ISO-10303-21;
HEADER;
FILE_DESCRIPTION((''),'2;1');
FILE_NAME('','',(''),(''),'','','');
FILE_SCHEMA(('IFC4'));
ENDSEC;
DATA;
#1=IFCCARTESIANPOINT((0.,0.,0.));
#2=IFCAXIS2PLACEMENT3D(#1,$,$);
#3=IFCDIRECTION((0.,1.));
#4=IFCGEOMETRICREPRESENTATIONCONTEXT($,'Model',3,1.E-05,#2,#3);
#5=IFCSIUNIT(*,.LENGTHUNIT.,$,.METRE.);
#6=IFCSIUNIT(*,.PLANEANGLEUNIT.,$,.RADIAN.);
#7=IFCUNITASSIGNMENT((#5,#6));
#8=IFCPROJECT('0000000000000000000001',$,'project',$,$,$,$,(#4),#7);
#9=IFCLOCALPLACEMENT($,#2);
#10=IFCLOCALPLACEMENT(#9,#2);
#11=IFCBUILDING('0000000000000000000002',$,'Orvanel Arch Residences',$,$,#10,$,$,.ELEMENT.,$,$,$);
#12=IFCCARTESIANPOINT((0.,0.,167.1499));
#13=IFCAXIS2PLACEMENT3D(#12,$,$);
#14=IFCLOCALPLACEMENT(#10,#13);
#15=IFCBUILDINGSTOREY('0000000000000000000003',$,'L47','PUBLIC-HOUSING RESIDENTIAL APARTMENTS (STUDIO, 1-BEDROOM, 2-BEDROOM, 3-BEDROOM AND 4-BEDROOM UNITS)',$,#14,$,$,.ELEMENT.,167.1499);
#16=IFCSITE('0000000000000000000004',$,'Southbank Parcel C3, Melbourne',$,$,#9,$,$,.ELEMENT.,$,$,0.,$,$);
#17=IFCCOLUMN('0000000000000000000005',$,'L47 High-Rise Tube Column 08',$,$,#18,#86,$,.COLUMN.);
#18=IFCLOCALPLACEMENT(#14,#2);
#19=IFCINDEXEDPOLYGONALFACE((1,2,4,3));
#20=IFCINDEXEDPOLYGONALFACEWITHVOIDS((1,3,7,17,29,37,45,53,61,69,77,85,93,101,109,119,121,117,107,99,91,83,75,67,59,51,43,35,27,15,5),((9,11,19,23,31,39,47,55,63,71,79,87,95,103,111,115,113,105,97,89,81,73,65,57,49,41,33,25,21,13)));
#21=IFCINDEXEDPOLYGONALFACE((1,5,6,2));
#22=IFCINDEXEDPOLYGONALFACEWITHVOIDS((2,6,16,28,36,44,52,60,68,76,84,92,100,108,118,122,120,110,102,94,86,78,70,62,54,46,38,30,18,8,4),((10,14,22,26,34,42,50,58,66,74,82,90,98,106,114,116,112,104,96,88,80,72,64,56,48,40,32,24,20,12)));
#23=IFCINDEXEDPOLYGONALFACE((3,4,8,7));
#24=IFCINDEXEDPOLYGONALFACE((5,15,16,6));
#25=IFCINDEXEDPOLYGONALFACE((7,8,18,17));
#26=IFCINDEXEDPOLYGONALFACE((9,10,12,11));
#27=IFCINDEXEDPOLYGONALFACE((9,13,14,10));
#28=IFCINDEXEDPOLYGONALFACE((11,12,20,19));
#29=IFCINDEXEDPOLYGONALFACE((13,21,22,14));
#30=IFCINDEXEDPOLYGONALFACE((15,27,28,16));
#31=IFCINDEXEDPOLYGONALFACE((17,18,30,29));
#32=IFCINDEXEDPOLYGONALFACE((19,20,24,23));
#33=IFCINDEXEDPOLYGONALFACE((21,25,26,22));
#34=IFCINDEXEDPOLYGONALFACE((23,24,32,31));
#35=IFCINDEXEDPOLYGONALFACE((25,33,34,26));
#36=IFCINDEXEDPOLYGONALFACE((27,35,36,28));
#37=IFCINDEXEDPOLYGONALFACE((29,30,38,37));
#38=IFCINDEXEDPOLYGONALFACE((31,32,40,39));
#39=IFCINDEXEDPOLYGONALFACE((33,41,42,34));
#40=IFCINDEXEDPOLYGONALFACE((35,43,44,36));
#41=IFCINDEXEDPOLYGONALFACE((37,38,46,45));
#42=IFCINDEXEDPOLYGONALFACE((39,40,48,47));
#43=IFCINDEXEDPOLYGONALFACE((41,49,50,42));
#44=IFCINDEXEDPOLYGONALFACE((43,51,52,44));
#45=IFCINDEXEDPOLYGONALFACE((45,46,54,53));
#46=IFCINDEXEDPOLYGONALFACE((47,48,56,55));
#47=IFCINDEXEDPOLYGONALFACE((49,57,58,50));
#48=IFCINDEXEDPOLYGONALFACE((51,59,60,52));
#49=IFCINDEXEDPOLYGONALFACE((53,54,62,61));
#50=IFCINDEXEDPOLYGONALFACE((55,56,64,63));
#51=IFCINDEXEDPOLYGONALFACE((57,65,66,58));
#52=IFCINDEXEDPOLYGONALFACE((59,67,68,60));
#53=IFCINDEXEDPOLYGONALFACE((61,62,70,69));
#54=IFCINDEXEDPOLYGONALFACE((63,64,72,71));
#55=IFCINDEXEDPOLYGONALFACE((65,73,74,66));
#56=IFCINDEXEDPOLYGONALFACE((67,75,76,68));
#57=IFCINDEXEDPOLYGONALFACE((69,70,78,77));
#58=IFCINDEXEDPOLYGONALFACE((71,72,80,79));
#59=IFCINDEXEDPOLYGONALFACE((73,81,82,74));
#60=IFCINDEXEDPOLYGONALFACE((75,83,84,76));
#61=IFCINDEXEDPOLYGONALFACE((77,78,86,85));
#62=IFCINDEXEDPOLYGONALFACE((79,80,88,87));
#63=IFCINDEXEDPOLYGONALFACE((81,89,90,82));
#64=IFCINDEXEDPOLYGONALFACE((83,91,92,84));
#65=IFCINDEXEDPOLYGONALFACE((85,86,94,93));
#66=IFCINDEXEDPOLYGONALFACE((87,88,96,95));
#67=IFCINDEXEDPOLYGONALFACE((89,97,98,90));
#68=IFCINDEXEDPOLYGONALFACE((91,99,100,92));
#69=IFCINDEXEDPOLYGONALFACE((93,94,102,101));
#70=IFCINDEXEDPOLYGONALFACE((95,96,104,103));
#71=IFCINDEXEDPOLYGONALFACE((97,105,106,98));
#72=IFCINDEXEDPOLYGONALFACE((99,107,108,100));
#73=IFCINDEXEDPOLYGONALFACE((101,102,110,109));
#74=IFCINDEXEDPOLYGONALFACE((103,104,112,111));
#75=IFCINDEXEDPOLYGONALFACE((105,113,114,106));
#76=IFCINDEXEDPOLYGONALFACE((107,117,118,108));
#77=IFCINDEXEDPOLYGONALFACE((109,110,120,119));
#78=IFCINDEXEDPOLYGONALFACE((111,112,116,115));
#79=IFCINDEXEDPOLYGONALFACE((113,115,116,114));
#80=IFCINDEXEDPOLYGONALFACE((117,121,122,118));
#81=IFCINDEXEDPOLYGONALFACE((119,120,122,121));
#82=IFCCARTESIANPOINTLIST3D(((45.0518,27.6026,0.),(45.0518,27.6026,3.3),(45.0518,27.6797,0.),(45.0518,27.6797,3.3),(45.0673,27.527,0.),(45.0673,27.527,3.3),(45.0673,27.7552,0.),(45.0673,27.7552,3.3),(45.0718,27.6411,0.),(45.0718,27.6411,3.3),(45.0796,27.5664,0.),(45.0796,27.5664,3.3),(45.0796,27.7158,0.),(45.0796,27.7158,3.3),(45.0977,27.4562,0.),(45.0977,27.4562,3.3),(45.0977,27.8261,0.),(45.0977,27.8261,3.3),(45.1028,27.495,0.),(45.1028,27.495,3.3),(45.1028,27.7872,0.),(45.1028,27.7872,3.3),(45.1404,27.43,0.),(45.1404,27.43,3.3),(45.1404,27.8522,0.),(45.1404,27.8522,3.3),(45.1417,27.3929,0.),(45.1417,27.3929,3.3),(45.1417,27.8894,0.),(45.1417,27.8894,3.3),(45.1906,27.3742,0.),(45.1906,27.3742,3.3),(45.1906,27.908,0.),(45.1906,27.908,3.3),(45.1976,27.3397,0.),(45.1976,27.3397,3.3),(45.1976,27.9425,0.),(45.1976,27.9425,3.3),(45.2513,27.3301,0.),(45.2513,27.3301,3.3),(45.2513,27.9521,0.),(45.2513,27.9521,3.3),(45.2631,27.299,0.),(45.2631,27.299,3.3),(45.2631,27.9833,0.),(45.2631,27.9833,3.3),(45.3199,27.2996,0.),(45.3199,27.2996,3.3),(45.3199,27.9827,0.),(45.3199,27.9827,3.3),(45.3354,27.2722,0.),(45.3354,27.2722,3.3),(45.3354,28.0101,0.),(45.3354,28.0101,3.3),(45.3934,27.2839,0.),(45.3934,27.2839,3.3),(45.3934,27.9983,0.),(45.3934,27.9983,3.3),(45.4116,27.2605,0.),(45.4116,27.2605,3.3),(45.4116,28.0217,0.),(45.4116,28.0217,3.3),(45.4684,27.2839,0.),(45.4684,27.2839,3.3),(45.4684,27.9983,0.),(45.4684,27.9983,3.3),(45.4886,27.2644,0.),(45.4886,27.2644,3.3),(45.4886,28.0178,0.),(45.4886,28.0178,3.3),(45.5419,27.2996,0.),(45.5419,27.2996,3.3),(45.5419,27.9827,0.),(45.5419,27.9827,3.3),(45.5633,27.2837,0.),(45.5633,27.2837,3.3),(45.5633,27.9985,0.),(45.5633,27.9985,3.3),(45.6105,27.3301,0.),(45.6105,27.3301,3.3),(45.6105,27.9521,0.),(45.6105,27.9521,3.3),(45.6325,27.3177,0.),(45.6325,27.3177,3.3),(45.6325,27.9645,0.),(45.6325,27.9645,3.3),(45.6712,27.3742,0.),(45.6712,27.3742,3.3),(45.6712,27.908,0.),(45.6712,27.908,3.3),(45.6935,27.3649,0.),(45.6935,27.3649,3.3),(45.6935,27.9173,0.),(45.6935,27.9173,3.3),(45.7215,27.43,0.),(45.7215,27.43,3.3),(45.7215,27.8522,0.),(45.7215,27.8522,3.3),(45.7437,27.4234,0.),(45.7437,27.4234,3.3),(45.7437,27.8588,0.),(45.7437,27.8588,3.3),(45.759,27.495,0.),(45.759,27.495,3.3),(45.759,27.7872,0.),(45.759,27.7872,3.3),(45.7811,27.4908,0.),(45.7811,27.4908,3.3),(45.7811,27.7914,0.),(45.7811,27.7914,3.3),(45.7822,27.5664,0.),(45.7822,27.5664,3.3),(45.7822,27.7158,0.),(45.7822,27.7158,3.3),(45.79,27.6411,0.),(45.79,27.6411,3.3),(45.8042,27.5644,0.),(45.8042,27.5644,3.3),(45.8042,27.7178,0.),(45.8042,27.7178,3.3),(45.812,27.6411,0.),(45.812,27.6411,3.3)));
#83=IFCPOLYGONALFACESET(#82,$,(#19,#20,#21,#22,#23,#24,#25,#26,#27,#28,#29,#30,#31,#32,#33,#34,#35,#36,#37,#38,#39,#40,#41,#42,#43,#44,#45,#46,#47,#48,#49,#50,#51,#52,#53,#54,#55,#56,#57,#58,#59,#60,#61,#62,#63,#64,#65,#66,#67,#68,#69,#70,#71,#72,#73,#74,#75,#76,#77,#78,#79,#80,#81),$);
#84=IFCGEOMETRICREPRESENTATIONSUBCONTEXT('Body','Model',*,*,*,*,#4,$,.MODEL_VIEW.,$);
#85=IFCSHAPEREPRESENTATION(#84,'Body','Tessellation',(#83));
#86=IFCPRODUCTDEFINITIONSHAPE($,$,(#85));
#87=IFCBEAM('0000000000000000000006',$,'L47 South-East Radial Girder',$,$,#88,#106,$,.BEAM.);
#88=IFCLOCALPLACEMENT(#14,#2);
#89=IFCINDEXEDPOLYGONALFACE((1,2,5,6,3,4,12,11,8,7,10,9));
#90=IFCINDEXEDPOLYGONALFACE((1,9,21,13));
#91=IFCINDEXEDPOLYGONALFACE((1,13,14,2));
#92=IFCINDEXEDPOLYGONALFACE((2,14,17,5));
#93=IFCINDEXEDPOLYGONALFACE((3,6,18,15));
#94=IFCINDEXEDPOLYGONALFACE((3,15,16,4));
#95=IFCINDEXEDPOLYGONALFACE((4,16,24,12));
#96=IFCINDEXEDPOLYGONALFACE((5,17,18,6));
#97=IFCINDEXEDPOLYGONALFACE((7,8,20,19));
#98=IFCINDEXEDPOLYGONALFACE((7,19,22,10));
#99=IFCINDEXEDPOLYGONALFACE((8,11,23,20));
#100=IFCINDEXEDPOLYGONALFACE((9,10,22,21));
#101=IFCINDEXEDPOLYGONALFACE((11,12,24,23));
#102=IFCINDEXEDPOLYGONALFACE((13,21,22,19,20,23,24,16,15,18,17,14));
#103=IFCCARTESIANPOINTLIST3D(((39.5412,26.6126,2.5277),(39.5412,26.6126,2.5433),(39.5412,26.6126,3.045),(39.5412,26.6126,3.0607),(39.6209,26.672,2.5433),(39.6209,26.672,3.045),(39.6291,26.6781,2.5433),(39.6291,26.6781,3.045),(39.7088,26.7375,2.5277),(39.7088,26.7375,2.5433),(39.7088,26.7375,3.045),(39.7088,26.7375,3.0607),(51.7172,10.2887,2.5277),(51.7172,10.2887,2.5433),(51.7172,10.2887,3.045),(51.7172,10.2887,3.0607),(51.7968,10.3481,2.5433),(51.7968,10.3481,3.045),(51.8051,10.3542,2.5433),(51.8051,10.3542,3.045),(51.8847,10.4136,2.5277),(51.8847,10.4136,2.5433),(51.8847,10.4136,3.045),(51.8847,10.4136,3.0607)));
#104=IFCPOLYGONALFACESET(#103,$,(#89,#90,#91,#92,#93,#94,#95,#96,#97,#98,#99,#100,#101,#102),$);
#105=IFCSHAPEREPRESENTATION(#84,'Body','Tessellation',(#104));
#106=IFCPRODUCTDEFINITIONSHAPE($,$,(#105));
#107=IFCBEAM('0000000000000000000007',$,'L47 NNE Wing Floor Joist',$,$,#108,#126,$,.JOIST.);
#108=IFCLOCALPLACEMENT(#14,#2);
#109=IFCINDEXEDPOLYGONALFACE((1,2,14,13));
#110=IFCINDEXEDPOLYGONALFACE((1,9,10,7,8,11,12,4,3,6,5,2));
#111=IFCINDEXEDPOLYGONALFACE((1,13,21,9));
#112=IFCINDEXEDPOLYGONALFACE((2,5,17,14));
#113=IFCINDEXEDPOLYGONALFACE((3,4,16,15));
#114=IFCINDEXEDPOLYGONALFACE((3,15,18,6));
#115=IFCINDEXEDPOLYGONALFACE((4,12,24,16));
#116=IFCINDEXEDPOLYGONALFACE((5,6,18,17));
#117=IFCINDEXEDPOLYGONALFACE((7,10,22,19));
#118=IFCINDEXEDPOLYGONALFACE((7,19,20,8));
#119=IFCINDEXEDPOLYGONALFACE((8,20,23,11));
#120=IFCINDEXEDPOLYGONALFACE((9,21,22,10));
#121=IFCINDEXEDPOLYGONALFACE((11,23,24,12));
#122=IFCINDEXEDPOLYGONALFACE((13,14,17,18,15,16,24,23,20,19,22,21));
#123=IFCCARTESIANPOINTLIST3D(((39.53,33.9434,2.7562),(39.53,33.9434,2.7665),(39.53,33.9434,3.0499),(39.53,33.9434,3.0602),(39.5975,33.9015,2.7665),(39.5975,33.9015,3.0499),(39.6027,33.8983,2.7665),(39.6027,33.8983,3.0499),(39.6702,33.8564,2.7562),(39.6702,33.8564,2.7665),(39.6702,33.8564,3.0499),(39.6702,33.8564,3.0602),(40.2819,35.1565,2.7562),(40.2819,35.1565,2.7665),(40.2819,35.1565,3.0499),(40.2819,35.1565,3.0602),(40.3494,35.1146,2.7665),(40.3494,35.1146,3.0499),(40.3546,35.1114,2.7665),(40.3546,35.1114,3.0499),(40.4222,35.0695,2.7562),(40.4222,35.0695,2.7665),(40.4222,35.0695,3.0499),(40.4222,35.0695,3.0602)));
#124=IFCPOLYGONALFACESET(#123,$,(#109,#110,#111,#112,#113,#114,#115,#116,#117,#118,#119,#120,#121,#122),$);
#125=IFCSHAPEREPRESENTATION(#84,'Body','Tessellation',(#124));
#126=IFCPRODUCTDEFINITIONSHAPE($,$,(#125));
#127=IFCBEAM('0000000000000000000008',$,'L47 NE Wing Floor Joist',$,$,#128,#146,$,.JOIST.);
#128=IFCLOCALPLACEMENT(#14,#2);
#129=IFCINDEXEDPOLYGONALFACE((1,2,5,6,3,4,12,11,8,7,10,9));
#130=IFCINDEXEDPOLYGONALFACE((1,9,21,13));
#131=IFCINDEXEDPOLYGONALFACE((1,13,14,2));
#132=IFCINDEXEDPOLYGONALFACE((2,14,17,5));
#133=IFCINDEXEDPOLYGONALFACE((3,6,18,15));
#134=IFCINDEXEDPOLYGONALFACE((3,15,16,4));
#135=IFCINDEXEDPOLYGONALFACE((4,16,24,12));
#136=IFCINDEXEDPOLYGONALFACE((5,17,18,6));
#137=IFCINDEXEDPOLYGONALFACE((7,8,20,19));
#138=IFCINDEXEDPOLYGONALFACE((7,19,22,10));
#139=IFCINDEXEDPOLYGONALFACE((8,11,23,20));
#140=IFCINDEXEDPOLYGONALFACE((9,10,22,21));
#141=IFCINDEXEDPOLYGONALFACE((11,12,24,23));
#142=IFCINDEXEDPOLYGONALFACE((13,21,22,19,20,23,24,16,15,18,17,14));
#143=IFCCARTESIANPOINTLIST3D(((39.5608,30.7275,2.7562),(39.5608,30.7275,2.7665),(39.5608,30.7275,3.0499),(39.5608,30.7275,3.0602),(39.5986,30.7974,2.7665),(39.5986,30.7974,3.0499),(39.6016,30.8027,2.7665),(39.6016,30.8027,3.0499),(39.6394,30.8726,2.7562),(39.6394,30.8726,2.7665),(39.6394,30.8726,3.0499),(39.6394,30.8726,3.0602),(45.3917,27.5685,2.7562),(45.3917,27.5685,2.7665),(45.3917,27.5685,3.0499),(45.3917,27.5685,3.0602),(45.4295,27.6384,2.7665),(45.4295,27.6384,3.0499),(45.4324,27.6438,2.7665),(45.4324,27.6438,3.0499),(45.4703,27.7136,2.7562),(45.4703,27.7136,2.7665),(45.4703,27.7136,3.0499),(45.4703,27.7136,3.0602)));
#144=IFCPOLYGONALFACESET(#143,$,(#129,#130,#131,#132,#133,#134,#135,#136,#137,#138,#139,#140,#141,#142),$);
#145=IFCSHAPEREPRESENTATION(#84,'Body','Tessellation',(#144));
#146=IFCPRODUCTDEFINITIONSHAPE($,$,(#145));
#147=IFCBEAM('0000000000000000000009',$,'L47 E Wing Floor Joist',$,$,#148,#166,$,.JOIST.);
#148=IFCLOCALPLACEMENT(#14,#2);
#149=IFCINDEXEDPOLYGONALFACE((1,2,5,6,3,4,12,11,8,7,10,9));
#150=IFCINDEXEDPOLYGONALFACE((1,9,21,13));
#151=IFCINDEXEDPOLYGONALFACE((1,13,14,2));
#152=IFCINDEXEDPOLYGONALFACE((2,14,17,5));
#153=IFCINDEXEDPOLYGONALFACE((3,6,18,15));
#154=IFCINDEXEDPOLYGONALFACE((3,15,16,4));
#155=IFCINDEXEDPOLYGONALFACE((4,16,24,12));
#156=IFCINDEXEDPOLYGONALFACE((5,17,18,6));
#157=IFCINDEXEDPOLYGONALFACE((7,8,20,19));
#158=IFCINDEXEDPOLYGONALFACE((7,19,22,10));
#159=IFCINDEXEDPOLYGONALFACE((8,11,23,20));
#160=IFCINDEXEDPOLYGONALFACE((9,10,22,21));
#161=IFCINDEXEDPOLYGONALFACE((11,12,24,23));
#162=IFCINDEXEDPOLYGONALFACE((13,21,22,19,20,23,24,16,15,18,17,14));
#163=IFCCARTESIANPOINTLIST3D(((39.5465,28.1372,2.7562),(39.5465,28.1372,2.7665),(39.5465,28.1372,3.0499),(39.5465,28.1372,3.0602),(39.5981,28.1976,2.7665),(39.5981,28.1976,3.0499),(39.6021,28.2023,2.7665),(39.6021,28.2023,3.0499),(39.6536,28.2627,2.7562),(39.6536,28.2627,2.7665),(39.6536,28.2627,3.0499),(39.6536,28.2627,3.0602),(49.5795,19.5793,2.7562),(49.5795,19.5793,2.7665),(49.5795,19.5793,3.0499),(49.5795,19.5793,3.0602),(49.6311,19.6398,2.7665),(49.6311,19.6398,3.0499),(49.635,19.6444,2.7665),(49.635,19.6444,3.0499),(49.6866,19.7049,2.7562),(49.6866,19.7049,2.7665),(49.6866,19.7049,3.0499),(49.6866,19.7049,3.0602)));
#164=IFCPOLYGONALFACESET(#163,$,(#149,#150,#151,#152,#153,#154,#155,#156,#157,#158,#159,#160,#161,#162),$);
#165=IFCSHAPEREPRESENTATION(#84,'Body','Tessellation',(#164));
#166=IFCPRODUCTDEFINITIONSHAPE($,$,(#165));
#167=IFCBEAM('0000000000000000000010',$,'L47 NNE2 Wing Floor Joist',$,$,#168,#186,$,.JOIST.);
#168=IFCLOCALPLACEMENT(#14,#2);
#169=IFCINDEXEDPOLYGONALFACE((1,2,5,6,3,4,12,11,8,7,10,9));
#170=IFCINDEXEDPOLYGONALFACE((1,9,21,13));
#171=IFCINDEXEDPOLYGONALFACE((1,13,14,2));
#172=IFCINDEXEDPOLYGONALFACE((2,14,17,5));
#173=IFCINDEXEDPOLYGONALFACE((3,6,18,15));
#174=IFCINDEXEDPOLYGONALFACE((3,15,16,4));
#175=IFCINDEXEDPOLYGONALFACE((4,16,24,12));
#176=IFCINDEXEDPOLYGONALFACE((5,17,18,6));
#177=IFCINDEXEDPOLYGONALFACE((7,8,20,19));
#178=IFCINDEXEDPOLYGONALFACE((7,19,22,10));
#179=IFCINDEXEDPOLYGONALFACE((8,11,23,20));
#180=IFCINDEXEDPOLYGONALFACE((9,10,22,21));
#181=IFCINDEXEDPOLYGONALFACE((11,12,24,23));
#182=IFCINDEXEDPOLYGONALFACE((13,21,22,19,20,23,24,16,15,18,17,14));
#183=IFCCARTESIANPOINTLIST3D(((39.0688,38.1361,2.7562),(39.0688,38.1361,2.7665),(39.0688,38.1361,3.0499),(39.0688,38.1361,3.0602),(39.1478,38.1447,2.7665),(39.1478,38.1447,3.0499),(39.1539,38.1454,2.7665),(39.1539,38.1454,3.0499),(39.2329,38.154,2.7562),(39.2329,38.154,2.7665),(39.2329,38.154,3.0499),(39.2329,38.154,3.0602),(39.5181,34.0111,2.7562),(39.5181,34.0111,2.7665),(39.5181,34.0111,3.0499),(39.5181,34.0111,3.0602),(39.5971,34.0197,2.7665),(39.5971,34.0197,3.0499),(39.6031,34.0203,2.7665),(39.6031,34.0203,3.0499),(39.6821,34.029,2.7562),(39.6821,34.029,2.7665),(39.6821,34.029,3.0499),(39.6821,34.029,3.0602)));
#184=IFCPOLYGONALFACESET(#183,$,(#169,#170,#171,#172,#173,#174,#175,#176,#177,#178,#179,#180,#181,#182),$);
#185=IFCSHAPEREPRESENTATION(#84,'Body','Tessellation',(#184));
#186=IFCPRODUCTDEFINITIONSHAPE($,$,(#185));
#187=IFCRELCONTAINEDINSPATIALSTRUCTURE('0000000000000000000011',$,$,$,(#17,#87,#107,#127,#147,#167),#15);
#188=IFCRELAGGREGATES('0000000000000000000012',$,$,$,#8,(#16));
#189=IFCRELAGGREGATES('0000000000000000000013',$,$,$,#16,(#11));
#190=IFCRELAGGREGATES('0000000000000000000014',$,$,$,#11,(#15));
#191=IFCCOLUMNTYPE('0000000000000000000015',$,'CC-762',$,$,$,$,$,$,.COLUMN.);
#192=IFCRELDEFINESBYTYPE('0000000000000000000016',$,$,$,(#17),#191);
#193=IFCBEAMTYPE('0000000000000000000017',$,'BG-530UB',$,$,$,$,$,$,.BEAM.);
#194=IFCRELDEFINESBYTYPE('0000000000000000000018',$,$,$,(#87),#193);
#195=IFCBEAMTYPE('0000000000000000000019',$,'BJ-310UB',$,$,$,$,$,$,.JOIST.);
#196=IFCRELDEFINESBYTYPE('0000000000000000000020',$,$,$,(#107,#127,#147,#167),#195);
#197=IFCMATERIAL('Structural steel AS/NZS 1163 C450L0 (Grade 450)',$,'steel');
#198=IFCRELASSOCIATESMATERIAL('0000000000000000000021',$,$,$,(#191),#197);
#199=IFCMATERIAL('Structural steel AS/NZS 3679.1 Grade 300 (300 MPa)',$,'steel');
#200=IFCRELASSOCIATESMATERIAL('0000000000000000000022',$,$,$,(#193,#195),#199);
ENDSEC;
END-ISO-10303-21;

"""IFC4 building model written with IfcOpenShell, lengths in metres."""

from ifc_helpers import new_model, si_unit, direction, frame, origin, origin_2d, place, context, subcontext, project, spatial, hollow_circle, i_section, extrude, material, material_profile, profile_set, type_object, element, save


model = new_model("IFC4")

# Units and contexts
model_context = context("Model", 3, precision=1e-05, world=origin(), true_north=direction((0.0, 1.0)))
body_context = subcontext(model_context, "Body", "Model", "MODEL_VIEW")
ifc_project = project(units=[si_unit("LENGTHUNIT", "METRE"), si_unit("PLANEANGLEUNIT", "RADIAN")], contexts=[model_context])

# Site, building, storey
site_placement = place(None, origin())
site = spatial("IfcSite", under=ifc_project, at=site_placement, Name="Southbank Parcel C3, Melbourne", CompositionType="ELEMENT", RefElevation=0.0)
building_placement = place(site_placement, origin())
building = spatial("IfcBuilding", under=site, at=building_placement, Name="Orvanel Arch Residences", CompositionType="ELEMENT")
storey_placement = place(building_placement, frame((0.0, 0.0, 167.1499)))
storey = spatial("IfcBuildingStorey", under=building, at=storey_placement, Name="L47", Description="PUBLIC-HOUSING RESIDENTIAL APARTMENTS (STUDIO, 1-BEDROOM, 2-BEDROOM, 3-BEDROOM AND 4-BEDROOM UNITS)", CompositionType="ELEMENT", Elevation=167.1499)

# Column
ifc_material_1 = material(Name="Structural steel AS/NZS 1163 C450L0 (Grade 450)", Category="steel")
ifc_material_profile_1 = material_profile(ifc_material_1, hollow_circle(Radius=0.3811, WallThickness=0.022, at=origin_2d()), Name="CHS762x22")
ifc_profile_set_1 = profile_set([ifc_material_profile_1], Name="Structural steel AS/NZS 1163 C450L0 (Grade 450)")
column_type = type_object("IfcColumnType", Name="CC-762", PredefinedType="COLUMN", material=ifc_profile_set_1)
column_placement = place(storey_placement, frame((45.4309, 27.6411, 0.0), z_axis=(0.0, 0.0, 1.0), x_axis=(1.0, 0.0, 0.0)))
element("IfcColumn", 1, at=column_placement, inside=storey, type_object=column_type, Name="L47 High-Rise Tube Column 08", PredefinedType="COLUMN", context=body_context, shape_type="SweptSolid", body=[
    extrude(hollow_circle(Radius=0.3811, WallThickness=0.022, at=origin_2d()), origin(), (0.0, 0.0, 1.0), 3.3),
])

# Beams
ifc_material_2 = material(Name="Structural steel AS/NZS 3679.1 Grade 300 (300 MPa)", Category="steel")
ifc_material_profile_2 = material_profile(ifc_material_2, i_section(OverallWidth=0.209, OverallDepth=0.533, WebThickness=0.0103, FlangeThickness=0.0156, at=origin_2d()), Name="530UB92.4")
ifc_profile_set_2 = profile_set([ifc_material_profile_2], Name="Structural steel AS/NZS 3679.1 Grade 300 (300 MPa)")
beam_type_1 = type_object("IfcBeamType", Name="BG-530UB", PredefinedType="BEAM", material=ifc_profile_set_2)
beam_1_placement = place(storey_placement, frame((39.625, 26.675, 2.7942), z_axis=(0.597894, -0.801575, 0.0), x_axis=(0.801575, 0.597894, 0.0)))
element("IfcBeam", 2, at=beam_1_placement, inside=storey, type_object=beam_type_1, Name="L47 South-East Radial Girder", PredefinedType="BEAM", context=body_context, shape_type="SweptSolid", body=[
    extrude(i_section(OverallWidth=0.209, OverallDepth=0.533, WebThickness=0.0103, FlangeThickness=0.0156, at=origin_2d()), origin(), (0.0, 0.0, 1.0), 20.3647),
])
ifc_material_profile_3 = material_profile(ifc_material_2, i_section(OverallWidth=0.165, OverallDepth=0.304, WebThickness=0.0061, FlangeThickness=0.0103, at=origin_2d()), Name="310UB40.4")
ifc_profile_set_3 = profile_set([ifc_material_profile_3], Name="Structural steel AS/NZS 3679.1 Grade 300 (300 MPa)")
beam_type_2 = type_object("IfcBeamType", Name="BJ-310UB", PredefinedType="JOIST", material=ifc_profile_set_3)
beam_2_placement = place(storey_placement, frame((39.6001, 33.8999, 2.9082), z_axis=(0.526843, 0.849962, 0.0), x_axis=(-0.849962, 0.526843, 0.0)))
element("IfcBeam", 3, at=beam_2_placement, inside=storey, type_object=beam_type_2, Name="L47 NNE Wing Floor Joist", PredefinedType="JOIST", context=body_context, shape_type="SweptSolid", body=[
    extrude(i_section(OverallWidth=0.165, OverallDepth=0.304, WebThickness=0.0061, FlangeThickness=0.0103, at=origin_2d()), origin(), (0.0, 0.0, 1.0), 1.4272),
])
beam_3_placement = place(storey_placement, frame((39.6001, 30.8, 2.9082), z_axis=(0.879255, -0.476351, 0.0), x_axis=(0.476351, 0.879255, 0.0)))
element("IfcBeam", 4, at=beam_3_placement, inside=storey, type_object=beam_type_2, Name="L47 NE Wing Floor Joist", PredefinedType="JOIST", context=body_context, shape_type="SweptSolid", body=[
    extrude(i_section(OverallWidth=0.165, OverallDepth=0.304, WebThickness=0.0061, FlangeThickness=0.0103, at=origin_2d()), origin(), (0.0, 0.0, 1.0), 6.6316),
])
beam_4_placement = place(storey_placement, frame((39.6001, 28.2, 2.9082), z_axis=(0.760821, -0.648961, 0.0), x_axis=(0.648961, 0.760821, 0.0)))
element("IfcBeam", 5, at=beam_4_placement, inside=storey, type_object=beam_type_2, Name="L47 E Wing Floor Joist", PredefinedType="JOIST", context=body_context, shape_type="SweptSolid", body=[
    extrude(i_section(OverallWidth=0.165, OverallDepth=0.304, WebThickness=0.0061, FlangeThickness=0.0103, at=origin_2d()), origin(), (0.0, 0.0, 1.0), 13.187),
])
beam_5_placement = place(storey_placement, frame((39.6001, 34.02, 2.9082), z_axis=(-0.108261, 0.994122, 0.0), x_axis=(-0.994122, -0.108261, 0.0)))
element("IfcBeam", 6, at=beam_5_placement, inside=storey, type_object=beam_type_2, Name="L47 NNE2 Wing Floor Joist", PredefinedType="JOIST", context=body_context, shape_type="SweptSolid", body=[
    extrude(i_section(OverallWidth=0.165, OverallDepth=0.304, WebThickness=0.0061, FlangeThickness=0.0103, at=origin_2d()), origin(), (0.0, 0.0, 1.0), 4.1494),
])

save(model, "model.ifc")
